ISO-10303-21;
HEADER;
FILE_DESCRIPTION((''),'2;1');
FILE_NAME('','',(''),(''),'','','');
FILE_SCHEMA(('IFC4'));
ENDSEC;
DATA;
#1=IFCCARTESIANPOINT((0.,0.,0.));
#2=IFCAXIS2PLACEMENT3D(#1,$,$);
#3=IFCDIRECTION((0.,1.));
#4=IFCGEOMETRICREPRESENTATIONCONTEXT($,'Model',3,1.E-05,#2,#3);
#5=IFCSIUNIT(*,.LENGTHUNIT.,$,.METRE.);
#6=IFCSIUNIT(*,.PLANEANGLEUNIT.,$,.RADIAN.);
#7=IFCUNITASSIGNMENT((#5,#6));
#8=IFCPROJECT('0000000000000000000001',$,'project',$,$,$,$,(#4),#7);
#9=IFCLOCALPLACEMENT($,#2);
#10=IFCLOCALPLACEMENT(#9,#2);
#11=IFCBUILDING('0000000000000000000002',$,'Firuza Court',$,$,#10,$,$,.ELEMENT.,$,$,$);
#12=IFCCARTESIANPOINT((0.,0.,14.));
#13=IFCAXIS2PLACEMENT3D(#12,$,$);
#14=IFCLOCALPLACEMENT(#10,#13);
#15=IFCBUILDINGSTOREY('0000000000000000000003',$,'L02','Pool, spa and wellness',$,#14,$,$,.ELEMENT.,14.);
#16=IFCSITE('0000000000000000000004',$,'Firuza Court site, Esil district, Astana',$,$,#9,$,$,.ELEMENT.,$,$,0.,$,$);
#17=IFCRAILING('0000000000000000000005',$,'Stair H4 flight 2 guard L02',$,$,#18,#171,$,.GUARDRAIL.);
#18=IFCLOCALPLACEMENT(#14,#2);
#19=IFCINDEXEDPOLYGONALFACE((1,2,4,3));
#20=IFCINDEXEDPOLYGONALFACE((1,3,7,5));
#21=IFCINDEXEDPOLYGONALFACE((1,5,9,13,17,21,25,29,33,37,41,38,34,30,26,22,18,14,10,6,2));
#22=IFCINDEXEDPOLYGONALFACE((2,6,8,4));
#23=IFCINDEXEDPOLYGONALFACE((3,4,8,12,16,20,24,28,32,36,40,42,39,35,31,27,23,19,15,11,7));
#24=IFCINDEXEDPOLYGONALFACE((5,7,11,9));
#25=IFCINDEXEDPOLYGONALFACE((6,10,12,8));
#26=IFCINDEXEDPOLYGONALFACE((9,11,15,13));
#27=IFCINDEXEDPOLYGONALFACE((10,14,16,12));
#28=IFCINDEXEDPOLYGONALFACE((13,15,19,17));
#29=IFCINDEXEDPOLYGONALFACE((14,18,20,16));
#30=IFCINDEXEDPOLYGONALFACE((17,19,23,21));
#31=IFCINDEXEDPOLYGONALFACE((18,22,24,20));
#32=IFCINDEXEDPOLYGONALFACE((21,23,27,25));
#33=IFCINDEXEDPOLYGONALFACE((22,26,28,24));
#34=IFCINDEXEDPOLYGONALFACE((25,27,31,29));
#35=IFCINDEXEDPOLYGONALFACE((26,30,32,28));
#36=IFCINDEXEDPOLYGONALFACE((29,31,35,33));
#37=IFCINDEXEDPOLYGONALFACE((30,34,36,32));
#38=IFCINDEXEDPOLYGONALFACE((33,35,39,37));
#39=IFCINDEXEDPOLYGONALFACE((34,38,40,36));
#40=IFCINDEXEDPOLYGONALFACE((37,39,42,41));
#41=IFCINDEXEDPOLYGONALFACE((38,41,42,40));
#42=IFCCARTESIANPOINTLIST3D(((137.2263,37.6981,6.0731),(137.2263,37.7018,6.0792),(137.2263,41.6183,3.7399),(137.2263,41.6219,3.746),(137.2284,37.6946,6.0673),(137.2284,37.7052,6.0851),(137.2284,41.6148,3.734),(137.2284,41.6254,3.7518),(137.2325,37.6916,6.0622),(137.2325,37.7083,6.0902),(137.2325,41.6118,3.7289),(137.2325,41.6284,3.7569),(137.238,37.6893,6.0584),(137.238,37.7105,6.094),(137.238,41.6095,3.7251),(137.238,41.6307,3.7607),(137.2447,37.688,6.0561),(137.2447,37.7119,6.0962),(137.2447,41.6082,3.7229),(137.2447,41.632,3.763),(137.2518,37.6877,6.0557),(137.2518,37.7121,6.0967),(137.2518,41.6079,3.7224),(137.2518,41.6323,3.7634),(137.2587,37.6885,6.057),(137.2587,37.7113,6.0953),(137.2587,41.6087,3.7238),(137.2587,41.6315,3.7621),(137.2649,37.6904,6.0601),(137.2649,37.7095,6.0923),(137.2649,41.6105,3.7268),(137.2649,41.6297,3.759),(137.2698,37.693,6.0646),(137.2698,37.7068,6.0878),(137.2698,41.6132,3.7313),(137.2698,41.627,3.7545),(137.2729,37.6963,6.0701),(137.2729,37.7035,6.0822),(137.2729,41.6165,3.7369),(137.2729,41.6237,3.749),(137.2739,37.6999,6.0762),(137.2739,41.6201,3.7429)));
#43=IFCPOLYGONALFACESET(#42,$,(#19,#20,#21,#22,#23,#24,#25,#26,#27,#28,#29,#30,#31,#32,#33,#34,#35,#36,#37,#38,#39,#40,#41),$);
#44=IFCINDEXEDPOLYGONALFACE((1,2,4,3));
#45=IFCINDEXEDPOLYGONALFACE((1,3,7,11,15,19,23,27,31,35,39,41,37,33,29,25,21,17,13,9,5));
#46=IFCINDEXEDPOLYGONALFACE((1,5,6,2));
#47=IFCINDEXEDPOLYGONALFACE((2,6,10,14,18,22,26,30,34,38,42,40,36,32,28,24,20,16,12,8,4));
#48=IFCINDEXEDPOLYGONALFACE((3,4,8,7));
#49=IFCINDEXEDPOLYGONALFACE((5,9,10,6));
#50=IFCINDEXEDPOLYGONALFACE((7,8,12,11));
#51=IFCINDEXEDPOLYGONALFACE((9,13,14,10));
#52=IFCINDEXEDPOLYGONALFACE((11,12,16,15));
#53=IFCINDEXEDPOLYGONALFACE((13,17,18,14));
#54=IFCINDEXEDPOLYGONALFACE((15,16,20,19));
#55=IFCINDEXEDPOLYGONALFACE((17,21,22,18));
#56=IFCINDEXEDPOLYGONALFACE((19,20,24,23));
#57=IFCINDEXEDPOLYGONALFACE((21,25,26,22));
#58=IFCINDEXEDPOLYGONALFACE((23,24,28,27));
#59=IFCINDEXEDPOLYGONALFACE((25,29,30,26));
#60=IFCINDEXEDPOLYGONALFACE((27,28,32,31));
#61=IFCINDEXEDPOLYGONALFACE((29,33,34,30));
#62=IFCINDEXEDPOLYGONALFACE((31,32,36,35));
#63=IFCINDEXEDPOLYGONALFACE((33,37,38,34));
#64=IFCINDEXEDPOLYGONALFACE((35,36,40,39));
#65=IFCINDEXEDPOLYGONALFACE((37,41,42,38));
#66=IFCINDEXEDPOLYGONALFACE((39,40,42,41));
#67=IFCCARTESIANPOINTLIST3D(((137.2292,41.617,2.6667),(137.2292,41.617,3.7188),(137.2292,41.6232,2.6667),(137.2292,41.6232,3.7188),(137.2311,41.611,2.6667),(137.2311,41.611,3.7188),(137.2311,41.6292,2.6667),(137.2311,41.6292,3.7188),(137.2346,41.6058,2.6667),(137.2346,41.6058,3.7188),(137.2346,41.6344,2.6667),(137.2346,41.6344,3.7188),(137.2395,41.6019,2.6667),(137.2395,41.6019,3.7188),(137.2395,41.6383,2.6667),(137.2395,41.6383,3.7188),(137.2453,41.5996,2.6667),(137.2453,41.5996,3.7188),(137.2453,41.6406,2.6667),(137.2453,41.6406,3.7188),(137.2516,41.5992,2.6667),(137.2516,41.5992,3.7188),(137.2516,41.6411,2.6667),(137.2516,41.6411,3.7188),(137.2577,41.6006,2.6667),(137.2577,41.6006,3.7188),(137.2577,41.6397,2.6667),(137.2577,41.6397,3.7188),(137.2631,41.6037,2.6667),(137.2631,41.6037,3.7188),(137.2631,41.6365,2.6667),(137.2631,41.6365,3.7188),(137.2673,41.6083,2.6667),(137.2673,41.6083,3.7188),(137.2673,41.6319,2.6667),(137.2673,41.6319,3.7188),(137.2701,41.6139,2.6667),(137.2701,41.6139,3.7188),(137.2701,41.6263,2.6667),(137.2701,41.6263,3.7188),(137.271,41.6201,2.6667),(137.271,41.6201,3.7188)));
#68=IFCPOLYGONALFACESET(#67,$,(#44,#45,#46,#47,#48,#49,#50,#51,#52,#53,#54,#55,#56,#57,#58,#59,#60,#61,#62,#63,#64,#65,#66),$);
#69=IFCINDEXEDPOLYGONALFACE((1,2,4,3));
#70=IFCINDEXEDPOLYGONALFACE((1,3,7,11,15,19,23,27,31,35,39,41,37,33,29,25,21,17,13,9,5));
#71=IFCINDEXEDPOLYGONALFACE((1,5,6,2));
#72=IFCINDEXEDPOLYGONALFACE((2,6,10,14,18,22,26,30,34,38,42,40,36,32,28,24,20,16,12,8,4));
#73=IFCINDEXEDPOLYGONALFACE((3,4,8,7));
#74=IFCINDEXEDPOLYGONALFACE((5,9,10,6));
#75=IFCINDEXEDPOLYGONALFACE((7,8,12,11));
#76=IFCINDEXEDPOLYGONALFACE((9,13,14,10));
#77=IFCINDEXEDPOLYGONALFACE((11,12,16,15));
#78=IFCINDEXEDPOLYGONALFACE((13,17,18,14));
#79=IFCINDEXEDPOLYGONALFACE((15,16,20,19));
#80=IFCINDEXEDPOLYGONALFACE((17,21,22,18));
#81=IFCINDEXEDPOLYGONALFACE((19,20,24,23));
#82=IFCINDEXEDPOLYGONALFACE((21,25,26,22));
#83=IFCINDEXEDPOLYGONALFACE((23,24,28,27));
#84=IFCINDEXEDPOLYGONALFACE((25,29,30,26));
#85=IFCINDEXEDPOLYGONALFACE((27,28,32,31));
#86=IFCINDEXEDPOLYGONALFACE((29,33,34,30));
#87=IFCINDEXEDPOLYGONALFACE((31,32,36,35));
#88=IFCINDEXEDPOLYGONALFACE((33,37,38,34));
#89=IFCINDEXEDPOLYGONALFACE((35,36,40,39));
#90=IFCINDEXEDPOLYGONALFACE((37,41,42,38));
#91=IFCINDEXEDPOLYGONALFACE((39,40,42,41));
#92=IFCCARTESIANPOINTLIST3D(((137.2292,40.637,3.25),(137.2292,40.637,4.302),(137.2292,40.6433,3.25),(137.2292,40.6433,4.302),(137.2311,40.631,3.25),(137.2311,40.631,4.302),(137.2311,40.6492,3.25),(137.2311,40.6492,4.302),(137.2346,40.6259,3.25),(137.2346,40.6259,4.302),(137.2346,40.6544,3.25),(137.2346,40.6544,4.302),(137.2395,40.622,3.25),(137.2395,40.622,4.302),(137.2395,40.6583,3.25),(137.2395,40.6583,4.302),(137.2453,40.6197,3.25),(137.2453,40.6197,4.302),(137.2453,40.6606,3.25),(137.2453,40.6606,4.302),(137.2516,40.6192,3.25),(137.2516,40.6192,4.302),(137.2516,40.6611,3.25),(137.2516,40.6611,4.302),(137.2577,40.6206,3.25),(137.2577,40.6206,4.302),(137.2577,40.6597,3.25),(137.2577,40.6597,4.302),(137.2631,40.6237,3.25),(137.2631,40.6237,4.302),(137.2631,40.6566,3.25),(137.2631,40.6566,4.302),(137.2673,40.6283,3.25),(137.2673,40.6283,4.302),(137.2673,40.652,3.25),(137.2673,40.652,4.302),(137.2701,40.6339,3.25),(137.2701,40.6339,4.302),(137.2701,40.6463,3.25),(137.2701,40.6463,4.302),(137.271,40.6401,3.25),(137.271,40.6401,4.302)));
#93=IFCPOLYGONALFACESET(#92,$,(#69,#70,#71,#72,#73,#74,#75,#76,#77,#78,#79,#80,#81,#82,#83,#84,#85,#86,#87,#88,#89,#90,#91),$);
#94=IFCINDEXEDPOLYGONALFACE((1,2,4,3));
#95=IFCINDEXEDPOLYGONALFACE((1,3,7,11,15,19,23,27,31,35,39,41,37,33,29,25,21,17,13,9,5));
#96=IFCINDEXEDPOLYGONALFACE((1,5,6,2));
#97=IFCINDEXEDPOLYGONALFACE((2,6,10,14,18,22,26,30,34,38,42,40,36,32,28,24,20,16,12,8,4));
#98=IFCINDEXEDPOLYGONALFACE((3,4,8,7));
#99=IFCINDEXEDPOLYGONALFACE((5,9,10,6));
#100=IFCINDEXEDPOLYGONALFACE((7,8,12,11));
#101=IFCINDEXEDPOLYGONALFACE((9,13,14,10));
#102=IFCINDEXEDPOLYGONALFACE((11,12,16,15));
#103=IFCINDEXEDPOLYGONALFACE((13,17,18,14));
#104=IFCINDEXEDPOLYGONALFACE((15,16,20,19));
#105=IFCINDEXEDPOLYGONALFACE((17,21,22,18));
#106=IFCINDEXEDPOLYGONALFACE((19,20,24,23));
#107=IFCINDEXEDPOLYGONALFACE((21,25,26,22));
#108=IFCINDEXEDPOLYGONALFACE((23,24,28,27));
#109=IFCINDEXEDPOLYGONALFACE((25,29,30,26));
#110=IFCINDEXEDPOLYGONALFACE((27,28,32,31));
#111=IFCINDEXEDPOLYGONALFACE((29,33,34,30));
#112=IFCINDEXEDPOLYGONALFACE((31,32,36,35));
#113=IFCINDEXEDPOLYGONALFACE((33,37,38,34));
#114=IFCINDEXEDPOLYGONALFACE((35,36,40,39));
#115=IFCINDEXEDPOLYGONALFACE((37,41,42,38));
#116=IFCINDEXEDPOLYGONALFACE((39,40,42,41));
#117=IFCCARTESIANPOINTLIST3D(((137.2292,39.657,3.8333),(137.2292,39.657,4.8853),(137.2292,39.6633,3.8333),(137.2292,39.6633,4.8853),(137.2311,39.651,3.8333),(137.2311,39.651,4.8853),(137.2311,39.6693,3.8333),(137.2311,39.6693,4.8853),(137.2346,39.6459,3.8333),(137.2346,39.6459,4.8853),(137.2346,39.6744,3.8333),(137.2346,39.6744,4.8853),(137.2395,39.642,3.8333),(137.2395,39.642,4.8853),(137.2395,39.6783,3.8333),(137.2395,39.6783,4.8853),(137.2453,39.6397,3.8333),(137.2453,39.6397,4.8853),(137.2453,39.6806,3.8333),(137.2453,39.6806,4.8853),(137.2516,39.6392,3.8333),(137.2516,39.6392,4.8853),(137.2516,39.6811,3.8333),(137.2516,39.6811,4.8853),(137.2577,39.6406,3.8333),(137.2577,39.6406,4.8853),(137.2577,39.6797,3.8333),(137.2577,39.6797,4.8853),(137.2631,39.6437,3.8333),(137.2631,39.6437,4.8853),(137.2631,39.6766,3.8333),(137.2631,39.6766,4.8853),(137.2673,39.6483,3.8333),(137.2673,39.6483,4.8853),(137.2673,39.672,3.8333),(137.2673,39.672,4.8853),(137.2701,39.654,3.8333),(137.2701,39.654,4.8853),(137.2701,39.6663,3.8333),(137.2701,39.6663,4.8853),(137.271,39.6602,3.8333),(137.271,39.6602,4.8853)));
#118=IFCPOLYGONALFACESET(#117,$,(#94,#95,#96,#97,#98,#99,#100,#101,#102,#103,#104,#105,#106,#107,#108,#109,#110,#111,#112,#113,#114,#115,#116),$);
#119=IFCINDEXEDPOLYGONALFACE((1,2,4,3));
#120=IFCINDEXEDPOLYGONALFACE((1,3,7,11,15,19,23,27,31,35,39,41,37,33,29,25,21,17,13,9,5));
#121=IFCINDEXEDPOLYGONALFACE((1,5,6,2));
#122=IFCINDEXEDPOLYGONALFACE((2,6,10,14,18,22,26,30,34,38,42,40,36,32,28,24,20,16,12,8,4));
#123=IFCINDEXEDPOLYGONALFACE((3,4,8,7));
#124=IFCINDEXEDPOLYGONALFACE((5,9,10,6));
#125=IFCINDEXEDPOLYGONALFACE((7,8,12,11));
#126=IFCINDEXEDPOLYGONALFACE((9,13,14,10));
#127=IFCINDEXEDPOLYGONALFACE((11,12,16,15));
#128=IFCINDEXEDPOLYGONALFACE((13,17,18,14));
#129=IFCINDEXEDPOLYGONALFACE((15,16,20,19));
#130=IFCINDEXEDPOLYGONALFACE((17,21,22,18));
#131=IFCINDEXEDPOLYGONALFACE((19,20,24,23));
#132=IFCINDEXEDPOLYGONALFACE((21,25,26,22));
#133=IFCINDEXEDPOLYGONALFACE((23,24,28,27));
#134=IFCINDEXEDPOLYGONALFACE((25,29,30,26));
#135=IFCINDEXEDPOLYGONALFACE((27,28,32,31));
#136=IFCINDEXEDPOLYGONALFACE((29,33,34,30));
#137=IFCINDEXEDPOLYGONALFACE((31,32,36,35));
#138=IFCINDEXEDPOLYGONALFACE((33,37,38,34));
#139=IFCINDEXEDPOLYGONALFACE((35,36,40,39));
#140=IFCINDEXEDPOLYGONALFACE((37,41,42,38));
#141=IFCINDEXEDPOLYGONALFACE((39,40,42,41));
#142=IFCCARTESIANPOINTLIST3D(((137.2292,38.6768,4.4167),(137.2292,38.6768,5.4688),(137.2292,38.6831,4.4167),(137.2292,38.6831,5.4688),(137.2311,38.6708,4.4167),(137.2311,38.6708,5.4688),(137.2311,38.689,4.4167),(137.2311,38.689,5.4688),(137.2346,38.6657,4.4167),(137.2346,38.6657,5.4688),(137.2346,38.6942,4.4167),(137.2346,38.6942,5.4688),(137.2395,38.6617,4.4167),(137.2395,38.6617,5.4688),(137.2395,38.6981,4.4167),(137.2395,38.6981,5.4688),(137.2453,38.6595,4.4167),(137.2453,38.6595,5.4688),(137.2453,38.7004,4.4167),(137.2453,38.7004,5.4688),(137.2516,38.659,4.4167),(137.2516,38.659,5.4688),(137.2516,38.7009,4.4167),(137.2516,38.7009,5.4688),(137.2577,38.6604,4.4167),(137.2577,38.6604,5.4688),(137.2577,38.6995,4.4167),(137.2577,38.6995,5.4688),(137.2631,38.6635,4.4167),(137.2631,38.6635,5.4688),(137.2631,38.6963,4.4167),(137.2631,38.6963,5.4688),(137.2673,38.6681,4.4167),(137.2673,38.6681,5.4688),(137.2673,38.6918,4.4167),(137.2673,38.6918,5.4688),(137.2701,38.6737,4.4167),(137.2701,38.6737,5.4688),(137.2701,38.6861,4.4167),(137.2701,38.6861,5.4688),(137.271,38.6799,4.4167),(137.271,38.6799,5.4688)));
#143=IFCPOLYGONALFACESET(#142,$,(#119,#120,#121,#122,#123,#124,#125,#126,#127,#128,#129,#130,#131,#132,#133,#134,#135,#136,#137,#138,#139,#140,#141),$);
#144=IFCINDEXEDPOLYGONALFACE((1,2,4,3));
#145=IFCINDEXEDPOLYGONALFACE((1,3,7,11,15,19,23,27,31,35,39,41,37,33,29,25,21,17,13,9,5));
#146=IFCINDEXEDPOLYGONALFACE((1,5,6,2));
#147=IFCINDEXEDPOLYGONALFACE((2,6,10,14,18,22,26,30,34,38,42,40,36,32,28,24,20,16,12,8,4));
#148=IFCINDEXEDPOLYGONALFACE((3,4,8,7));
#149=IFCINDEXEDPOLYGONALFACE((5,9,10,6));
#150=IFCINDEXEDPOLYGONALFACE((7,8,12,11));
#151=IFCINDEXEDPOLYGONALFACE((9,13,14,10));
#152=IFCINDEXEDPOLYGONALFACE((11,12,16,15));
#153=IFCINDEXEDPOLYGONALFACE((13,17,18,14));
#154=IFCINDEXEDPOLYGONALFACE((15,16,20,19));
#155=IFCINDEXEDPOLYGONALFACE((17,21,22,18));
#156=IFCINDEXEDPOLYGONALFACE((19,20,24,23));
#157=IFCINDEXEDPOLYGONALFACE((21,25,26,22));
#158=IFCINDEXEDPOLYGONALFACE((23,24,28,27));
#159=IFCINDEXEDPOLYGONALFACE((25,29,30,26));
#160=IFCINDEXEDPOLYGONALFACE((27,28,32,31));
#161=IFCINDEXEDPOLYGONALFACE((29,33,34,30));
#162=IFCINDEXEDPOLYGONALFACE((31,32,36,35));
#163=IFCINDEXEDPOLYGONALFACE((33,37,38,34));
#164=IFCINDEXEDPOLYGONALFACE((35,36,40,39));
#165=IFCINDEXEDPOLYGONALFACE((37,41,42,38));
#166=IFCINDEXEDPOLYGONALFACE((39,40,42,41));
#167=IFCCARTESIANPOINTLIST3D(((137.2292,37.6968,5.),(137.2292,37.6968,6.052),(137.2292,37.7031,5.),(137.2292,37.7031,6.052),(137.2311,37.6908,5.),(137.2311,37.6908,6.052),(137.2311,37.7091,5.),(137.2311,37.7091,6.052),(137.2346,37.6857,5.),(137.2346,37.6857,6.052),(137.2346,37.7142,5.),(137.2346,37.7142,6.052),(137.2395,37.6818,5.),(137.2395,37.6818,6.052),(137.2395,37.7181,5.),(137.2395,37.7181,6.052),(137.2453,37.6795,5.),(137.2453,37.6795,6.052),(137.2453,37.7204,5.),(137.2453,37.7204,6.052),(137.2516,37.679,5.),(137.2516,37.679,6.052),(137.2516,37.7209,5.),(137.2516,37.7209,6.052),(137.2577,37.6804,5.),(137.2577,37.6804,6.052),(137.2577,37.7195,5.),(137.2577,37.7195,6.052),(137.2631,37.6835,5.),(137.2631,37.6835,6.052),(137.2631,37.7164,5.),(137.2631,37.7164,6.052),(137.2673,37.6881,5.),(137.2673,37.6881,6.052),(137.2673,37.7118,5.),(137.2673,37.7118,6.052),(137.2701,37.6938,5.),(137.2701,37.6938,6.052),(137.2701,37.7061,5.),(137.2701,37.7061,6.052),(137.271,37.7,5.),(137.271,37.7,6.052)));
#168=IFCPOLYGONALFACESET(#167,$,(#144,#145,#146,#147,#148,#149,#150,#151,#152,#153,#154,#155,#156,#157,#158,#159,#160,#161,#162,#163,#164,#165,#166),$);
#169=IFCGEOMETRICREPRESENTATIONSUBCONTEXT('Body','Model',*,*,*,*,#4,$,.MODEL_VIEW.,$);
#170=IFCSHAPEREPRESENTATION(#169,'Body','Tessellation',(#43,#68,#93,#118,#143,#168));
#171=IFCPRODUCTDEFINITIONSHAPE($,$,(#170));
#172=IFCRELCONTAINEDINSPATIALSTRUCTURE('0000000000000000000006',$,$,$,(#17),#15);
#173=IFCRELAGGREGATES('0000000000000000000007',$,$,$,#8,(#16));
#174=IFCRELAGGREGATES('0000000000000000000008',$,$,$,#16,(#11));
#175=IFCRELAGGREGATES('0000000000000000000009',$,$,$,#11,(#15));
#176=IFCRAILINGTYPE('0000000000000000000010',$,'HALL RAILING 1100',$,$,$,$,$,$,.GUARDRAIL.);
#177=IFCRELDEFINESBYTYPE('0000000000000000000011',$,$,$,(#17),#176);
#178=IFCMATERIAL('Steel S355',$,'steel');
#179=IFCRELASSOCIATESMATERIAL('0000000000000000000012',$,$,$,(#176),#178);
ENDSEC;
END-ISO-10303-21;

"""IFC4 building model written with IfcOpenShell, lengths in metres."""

from ifc_helpers import new_model, si_unit, direction, frame, origin, origin_2d, place, context, subcontext, project, spatial, circle, extrude, material, type_object, element, save


model = new_model("IFC4")

# Units and contexts
model_context = context("Model", 3, precision=1e-05, world=origin(), true_north=direction((0.0, 1.0)))
body_context = subcontext(model_context, "Body", "Model", "MODEL_VIEW")
ifc_project = project(units=[si_unit("LENGTHUNIT", "METRE"), si_unit("PLANEANGLEUNIT", "RADIAN")], contexts=[model_context])

# Site, building, storey
site_placement = place(None, origin())
site = spatial("IfcSite", under=ifc_project, at=site_placement, Name="Firuza Court site, Esil district, Astana", CompositionType="ELEMENT", RefElevation=0.0)
building_placement = place(site_placement, origin())
building = spatial("IfcBuilding", under=site, at=building_placement, Name="Firuza Court", CompositionType="ELEMENT")
storey_placement = place(building_placement, frame((0.0, 0.0, 14.0)))
storey = spatial("IfcBuildingStorey", under=building, at=storey_placement, Name="L02", Description="Pool, spa and wellness", CompositionType="ELEMENT", Elevation=14.0)

# Railing
ifc_material_1 = material(Name="Steel S355", Category="steel")
railing_type_1 = type_object("IfcRailingType", Name="HALL RAILING 1100", PredefinedType="GUARDRAIL", material=ifc_material_1)
railing_1_placement = place(storey_placement, frame((137.25, 41.6201, 2.6667)))
element("IfcRailing", 1, at=railing_1_placement, inside=storey, type_object=railing_type_1, Name="Stair H4 flight 2 guard L02", PredefinedType="GUARDRAIL", context=body_context, shape_type="SweptSolid", body=[
    extrude(circle(Radius=0.0239, at=origin_2d()), frame((0.0, 0.0, 1.0762), z_axis=(0.0, -0.85931, 0.511455), x_axis=(1.0, 0.0, 0.0)), (0.0, 0.0, 1.0), 4.562),
    extrude(circle(Radius=0.021, at=origin_2d()), origin(), (0.0, 0.0, 1.0), 1.052),
    extrude(circle(Radius=0.021, at=origin_2d()), frame((0.0, -0.98, 0.5833)), (0.0, 0.0, 1.0), 1.052),
    extrude(circle(Radius=0.021, at=origin_2d()), frame((0.0, -1.96, 1.1665)), (0.0, 0.0, 1.0), 1.052),
    extrude(circle(Radius=0.021, at=origin_2d()), frame((0.0, -2.9402, 1.75)), (0.0, 0.0, 1.0), 1.052),
    extrude(circle(Radius=0.021, at=origin_2d()), frame((0.0, -3.9202, 2.3333)), (0.0, 0.0, 1.0), 1.052),
])

save(model, "model.ifc")
